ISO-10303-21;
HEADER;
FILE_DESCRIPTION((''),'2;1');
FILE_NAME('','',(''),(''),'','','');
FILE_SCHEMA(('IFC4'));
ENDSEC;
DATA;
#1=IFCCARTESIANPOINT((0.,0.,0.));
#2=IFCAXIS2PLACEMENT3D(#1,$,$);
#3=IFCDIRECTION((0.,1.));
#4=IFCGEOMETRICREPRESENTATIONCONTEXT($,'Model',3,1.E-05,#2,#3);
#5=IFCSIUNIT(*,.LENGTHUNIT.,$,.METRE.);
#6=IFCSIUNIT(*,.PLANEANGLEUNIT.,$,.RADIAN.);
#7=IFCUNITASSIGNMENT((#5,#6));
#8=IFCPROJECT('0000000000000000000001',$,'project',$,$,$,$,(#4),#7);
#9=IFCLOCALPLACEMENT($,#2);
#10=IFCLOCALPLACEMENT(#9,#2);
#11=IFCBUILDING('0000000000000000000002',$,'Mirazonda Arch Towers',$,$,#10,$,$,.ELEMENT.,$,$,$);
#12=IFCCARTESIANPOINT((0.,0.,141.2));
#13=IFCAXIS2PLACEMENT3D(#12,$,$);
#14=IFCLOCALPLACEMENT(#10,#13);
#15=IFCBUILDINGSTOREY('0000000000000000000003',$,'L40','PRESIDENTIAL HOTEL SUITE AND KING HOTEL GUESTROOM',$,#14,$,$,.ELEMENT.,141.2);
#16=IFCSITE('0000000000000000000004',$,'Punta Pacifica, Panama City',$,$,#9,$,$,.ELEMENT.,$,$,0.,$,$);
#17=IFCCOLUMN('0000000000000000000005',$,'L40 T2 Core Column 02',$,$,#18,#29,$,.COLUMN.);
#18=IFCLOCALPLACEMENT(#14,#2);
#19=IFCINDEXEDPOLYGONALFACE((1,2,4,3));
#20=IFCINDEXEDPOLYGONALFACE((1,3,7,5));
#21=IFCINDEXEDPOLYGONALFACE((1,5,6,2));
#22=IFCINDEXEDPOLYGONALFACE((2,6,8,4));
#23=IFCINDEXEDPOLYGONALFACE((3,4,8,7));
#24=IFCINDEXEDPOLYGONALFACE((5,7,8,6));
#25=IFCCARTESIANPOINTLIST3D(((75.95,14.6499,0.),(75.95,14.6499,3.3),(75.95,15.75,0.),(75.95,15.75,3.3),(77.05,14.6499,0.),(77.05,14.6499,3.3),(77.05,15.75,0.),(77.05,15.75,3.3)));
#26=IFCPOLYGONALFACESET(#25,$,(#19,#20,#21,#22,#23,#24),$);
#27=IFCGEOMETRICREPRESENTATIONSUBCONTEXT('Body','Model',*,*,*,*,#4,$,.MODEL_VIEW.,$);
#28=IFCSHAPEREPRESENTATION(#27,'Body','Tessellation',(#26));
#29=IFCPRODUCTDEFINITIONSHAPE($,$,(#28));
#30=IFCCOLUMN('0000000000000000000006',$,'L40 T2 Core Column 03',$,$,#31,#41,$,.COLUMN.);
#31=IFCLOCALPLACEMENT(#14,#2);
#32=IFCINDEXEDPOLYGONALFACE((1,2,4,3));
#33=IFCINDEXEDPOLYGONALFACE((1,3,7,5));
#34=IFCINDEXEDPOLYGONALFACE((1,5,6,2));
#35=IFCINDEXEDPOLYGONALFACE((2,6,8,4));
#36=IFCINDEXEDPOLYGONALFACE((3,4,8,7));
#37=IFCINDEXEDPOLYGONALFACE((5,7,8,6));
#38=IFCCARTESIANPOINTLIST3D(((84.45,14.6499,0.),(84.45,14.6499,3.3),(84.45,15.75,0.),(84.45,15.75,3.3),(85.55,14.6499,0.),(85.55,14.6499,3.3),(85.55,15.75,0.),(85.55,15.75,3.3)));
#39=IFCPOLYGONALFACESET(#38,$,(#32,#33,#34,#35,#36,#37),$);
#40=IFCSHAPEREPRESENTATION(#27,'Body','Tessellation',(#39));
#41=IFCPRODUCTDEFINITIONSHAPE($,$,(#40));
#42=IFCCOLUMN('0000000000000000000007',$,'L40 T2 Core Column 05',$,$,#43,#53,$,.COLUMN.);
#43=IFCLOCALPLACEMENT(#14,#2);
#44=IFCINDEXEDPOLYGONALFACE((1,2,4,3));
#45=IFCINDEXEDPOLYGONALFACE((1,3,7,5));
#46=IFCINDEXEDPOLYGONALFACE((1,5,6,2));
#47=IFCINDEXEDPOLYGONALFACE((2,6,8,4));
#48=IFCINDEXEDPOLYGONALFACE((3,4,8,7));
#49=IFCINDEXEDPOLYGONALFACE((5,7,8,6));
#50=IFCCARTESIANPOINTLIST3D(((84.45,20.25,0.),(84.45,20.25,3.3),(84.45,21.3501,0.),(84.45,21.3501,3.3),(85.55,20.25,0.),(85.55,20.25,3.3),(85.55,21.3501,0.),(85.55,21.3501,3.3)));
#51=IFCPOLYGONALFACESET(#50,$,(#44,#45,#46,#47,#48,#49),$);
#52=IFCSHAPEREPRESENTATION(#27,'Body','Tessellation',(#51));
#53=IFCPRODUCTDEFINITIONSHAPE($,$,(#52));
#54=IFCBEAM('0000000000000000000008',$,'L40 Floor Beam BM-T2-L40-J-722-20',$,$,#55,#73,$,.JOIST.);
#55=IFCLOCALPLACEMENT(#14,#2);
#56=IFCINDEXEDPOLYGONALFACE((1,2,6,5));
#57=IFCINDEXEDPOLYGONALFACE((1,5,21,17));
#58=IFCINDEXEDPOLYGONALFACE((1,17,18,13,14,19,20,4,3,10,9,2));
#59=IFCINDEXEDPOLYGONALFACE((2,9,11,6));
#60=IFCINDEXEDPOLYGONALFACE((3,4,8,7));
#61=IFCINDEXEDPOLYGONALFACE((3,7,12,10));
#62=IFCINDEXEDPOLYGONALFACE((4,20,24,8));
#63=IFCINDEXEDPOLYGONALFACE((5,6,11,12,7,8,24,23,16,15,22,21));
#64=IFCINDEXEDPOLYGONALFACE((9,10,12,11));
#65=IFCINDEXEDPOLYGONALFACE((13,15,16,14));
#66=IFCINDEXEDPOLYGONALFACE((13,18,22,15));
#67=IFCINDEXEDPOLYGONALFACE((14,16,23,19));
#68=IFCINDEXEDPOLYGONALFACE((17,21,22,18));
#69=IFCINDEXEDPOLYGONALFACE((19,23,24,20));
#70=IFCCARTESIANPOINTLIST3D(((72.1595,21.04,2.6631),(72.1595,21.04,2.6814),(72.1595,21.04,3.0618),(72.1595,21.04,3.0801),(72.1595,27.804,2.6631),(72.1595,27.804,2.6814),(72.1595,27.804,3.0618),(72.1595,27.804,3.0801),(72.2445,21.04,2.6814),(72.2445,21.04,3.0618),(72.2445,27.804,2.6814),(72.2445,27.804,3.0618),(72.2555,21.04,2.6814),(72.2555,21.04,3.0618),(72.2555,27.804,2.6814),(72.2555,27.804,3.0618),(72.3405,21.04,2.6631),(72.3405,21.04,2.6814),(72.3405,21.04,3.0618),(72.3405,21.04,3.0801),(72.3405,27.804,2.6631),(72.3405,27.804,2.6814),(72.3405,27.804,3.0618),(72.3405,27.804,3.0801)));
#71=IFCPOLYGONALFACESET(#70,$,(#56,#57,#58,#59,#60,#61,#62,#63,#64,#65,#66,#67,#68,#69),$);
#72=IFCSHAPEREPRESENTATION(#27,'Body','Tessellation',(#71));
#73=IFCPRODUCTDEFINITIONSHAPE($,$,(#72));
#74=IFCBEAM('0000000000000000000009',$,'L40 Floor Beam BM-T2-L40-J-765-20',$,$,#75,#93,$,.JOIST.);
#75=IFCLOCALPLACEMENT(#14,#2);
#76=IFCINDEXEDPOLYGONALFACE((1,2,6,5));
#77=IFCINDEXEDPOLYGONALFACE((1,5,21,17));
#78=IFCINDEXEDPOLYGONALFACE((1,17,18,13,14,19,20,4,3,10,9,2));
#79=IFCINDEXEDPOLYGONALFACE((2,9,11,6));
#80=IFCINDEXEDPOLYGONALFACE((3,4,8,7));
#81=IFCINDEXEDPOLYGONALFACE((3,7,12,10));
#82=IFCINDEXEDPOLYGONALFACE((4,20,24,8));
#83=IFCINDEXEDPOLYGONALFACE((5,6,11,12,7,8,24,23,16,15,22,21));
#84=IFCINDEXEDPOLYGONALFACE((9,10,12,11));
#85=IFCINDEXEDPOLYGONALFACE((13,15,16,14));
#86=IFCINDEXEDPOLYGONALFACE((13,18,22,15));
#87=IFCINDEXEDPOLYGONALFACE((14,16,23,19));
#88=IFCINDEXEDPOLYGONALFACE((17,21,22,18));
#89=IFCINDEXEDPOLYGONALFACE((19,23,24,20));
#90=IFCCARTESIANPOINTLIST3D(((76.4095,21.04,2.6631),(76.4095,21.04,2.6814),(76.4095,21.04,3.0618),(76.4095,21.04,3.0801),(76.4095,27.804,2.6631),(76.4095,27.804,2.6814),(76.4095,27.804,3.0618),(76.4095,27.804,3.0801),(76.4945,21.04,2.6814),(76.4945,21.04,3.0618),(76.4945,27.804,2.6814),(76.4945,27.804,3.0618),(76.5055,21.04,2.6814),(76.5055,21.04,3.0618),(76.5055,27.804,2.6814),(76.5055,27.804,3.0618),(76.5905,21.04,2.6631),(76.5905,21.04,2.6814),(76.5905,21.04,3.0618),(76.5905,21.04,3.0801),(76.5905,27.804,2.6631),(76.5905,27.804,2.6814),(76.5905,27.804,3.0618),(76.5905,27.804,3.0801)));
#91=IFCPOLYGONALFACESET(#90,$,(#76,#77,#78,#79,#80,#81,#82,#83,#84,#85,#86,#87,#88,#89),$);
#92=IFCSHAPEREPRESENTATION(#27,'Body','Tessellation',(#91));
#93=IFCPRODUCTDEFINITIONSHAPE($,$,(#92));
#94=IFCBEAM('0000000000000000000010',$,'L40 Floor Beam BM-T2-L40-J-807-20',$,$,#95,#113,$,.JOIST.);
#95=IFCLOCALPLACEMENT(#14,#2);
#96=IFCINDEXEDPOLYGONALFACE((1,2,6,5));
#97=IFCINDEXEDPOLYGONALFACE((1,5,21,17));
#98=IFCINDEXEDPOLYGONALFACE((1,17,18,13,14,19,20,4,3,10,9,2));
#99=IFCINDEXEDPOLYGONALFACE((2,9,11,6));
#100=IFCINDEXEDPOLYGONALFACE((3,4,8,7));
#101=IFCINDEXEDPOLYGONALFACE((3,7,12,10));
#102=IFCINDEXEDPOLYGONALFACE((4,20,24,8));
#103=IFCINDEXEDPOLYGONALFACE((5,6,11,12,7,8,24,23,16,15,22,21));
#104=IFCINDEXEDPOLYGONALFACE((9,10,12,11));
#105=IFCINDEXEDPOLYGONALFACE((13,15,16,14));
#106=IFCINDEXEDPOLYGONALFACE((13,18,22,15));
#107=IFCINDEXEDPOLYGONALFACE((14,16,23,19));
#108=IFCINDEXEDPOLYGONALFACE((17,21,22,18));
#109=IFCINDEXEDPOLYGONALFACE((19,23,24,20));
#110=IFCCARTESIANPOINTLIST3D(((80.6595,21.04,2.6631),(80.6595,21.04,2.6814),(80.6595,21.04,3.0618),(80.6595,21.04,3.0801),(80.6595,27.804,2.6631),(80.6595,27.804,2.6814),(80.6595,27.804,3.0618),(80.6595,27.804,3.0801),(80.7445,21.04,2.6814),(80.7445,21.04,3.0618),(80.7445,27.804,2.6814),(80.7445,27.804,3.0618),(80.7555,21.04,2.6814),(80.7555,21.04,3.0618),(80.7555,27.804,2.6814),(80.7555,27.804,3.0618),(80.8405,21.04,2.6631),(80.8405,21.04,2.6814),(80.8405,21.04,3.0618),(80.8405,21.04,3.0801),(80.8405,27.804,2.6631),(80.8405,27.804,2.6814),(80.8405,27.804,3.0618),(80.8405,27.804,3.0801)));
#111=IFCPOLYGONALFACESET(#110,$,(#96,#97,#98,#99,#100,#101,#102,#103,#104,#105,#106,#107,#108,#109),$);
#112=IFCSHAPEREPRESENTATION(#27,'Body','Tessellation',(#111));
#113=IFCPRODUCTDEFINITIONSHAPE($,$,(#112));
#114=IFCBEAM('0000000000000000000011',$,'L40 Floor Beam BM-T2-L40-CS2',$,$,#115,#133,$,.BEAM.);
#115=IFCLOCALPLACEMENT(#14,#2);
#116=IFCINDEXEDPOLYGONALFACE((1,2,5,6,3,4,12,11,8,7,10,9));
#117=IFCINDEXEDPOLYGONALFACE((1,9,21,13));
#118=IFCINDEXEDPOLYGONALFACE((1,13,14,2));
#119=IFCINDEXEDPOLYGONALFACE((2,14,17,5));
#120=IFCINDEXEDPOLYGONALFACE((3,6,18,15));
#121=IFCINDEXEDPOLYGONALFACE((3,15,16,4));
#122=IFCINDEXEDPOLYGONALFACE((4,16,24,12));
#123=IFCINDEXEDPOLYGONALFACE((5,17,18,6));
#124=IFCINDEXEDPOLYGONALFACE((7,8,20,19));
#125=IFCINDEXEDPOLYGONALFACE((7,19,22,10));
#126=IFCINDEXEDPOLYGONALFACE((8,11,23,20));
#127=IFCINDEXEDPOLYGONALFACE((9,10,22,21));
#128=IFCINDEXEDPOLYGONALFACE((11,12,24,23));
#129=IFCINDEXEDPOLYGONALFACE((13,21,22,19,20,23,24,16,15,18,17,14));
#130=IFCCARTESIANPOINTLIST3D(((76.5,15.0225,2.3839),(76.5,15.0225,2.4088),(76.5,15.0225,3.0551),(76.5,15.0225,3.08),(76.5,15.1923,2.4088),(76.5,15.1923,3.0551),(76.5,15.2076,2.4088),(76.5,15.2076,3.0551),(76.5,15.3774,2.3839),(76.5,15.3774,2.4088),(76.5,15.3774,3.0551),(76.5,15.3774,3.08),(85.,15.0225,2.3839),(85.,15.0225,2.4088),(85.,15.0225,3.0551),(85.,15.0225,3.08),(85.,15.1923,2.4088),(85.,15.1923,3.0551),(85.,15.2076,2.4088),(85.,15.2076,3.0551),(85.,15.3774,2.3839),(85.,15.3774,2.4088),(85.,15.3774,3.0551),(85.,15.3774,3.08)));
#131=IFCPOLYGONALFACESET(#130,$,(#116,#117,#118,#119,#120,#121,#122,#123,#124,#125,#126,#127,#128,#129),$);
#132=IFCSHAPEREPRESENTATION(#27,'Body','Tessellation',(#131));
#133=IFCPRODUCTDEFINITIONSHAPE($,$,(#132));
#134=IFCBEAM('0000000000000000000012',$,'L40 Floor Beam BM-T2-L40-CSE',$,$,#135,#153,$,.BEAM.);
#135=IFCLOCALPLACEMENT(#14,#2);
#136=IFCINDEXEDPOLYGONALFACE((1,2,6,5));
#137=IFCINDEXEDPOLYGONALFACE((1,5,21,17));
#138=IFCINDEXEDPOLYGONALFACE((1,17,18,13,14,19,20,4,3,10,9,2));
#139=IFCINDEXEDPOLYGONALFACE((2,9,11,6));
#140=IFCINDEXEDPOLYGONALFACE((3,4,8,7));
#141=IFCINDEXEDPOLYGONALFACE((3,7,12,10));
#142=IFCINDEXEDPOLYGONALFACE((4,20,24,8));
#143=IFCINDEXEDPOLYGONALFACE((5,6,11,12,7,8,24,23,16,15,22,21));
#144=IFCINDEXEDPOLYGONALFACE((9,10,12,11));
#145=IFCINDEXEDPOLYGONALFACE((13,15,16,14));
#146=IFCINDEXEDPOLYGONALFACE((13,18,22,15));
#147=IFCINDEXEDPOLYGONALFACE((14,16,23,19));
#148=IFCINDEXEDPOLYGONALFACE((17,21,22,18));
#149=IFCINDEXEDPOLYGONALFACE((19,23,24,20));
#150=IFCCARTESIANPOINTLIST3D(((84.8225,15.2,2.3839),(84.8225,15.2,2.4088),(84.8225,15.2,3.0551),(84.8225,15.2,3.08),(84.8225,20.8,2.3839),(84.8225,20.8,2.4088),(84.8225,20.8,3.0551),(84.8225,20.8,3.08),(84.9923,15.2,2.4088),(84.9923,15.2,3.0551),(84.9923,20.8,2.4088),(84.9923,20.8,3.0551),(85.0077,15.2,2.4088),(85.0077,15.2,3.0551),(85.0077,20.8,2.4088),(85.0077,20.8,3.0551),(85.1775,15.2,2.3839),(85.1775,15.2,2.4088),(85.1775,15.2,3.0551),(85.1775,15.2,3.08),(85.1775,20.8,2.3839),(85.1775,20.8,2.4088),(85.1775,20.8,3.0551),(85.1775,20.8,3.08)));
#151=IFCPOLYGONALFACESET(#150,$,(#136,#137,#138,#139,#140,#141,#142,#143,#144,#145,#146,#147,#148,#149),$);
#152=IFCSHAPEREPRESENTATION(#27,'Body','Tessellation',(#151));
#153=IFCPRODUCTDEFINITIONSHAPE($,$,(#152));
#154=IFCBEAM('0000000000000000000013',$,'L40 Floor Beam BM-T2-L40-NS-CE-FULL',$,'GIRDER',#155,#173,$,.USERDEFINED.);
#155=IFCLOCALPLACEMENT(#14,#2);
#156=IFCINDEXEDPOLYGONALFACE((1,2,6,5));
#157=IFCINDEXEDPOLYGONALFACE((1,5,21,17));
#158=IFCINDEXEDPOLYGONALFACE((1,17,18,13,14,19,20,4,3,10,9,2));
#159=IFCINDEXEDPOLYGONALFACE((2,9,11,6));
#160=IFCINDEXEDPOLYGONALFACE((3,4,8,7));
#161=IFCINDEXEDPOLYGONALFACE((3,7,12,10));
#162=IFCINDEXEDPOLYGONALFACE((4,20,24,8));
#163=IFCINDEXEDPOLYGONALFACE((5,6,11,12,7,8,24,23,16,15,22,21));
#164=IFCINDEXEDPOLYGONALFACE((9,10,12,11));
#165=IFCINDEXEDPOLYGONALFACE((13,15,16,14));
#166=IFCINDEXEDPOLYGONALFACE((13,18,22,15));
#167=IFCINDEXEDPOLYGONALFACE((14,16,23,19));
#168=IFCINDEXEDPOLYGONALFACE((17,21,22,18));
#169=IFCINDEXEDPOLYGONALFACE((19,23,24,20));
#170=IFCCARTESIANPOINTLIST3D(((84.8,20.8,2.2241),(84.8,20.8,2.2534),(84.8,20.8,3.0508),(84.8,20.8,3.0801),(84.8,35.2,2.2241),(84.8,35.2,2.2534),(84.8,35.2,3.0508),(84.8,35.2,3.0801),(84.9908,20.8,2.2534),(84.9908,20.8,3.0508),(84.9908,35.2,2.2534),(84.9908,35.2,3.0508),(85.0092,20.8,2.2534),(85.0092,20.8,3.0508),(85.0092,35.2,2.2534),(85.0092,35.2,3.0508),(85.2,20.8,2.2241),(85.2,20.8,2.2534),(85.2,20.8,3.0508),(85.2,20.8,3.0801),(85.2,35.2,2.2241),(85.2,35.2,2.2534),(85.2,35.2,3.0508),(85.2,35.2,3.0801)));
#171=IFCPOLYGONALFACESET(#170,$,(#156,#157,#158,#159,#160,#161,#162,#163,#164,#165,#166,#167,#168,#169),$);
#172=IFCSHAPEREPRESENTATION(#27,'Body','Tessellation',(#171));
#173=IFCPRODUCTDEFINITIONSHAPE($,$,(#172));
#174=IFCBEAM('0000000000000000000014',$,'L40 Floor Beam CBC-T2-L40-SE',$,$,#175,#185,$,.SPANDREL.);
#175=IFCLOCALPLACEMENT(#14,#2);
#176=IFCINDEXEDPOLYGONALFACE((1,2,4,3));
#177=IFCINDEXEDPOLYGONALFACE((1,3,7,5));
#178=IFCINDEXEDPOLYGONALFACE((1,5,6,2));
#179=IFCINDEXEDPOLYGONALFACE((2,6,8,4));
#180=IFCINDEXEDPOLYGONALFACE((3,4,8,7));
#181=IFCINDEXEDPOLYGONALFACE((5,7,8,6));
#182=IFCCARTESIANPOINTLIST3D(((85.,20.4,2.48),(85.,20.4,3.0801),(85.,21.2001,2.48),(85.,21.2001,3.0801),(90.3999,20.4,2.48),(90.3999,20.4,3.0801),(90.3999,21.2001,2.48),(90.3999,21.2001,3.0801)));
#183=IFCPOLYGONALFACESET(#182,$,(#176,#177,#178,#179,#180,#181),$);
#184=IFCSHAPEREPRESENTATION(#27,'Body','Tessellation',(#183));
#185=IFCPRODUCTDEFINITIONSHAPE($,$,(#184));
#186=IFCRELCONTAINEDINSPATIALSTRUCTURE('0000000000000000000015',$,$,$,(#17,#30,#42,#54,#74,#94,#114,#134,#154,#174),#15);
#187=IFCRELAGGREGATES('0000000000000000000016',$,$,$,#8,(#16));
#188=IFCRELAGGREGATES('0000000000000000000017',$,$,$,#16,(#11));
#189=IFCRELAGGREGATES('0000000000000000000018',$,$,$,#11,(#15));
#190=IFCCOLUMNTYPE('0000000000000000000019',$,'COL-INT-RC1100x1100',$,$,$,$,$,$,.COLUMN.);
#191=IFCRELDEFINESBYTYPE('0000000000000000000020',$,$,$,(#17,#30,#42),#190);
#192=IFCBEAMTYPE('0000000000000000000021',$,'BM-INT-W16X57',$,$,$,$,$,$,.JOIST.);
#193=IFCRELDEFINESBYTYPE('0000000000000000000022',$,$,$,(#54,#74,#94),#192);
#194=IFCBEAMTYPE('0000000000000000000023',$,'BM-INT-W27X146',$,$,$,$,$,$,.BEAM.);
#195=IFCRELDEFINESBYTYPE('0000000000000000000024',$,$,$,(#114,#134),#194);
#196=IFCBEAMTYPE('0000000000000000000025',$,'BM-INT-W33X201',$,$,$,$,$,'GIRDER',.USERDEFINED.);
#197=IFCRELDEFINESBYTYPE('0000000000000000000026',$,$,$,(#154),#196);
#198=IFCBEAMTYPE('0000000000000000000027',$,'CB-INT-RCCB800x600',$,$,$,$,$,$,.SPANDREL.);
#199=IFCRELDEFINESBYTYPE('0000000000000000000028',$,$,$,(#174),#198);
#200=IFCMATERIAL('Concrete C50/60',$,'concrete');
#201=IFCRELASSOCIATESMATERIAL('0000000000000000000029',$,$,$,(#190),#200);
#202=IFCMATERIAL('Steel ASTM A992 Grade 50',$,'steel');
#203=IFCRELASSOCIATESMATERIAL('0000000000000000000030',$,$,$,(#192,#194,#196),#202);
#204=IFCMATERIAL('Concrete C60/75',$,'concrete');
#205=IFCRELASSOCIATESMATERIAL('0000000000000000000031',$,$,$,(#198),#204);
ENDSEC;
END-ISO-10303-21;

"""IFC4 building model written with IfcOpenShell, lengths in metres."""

from ifc_helpers import new_model, si_unit, direction, frame, origin, origin_2d, place, context, subcontext, project, spatial, rectangle, i_section, extrude, material, material_profile, profile_set, type_object, element, save


model = new_model("IFC4")

# Units and contexts
model_context = context("Model", 3, precision=1e-05, world=origin(), true_north=direction((0.0, 1.0)))
body_context = subcontext(model_context, "Body", "Model", "MODEL_VIEW")
ifc_project = project(units=[si_unit("LENGTHUNIT", "METRE"), si_unit("PLANEANGLEUNIT", "RADIAN")], contexts=[model_context])

# Site, building, storey
site_placement = place(None, origin())
site = spatial("IfcSite", under=ifc_project, at=site_placement, Name="Punta Pacifica, Panama City", CompositionType="ELEMENT", RefElevation=0.0)
building_placement = place(site_placement, origin())
building = spatial("IfcBuilding", under=site, at=building_placement, Name="Mirazonda Arch Towers", CompositionType="ELEMENT")
storey_placement = place(building_placement, frame((0.0, 0.0, 141.2)))
storey = spatial("IfcBuildingStorey", under=building, at=storey_placement, Name="L40", Description="PRESIDENTIAL HOTEL SUITE AND KING HOTEL GUESTROOM", CompositionType="ELEMENT", Elevation=141.2)

# Columns
ifc_material_1 = material(Name="Concrete C50/60", Category="concrete")
ifc_material_profile_1 = material_profile(ifc_material_1, rectangle(XDim=1.1001, YDim=1.1001, at=origin_2d()), Name="RC1100x1100")
ifc_profile_set_1 = profile_set([ifc_material_profile_1], Name="Concrete C50/60")
column_type = type_object("IfcColumnType", Name="COL-INT-RC1100x1100", PredefinedType="COLUMN", material=ifc_profile_set_1)
for number, where, z_axis, x_axis, name in (
    (1, (76.5, 15.2, 0.0), (0.0, 0.0, 1.0), (1.0, 0.0, 0.0), "L40 T2 Core Column 02"),
    (2, (85.0, 15.2, 0.0), (0.0, 0.0, 1.0), (1.0, 0.0, 0.0), "L40 T2 Core Column 03"),
    (3, (85.0, 20.8, 0.0), (0.0, 0.0, 1.0), (1.0, 0.0, 0.0), "L40 T2 Core Column 05"),
):
    element("IfcColumn", number, at=place(storey_placement, frame(where, z_axis=z_axis, x_axis=x_axis)), inside=storey, type_object=column_type, Name=name, PredefinedType="COLUMN", context=body_context, shape_type="SweptSolid", body=[
        extrude(rectangle(XDim=1.1001, YDim=1.1001, at=origin_2d()), origin(), (0.0, 0.0, 1.0), 3.3),
    ])

# Beams
ifc_material_2 = material(Name="Steel ASTM A992 Grade 50", Category="steel")
ifc_material_profile_2 = material_profile(ifc_material_2, i_section(OverallWidth=0.1809, OverallDepth=0.417, WebThickness=0.011, FlangeThickness=0.0183, at=origin_2d()), Name="W16X57")
ifc_profile_set_2 = profile_set([ifc_material_profile_2], Name="Steel ASTM A992 Grade 50")
beam_type_1 = type_object("IfcBeamType", Name="BM-INT-W16X57", PredefinedType="JOIST", material=ifc_profile_set_2)
for number, where, z_axis, x_axis, name in (
    (4, (72.25, 21.04, 2.8716), (0.0, 1.0, 0.0), (-1.0, 0.0, 0.0), "L40 Floor Beam BM-T2-L40-J-722-20"),
    (5, (76.5, 21.04, 2.8716), (0.0, 1.0, 0.0), (-1.0, 0.0, 0.0), "L40 Floor Beam BM-T2-L40-J-765-20"),
    (6, (80.75, 21.04, 2.8716), (0.0, 1.0, 0.0), (-1.0, 0.0, 0.0), "L40 Floor Beam BM-T2-L40-J-807-20"),
):
    element("IfcBeam", number, at=place(storey_placement, frame(where, z_axis=z_axis, x_axis=x_axis)), inside=storey, type_object=beam_type_1, Name=name, PredefinedType="JOIST", context=body_context, shape_type="SweptSolid", body=[
        extrude(i_section(OverallWidth=0.1809, OverallDepth=0.417, WebThickness=0.011, FlangeThickness=0.0183, at=origin_2d()), origin(), (0.0, 0.0, 1.0), 6.7639),
    ])
ifc_material_profile_3 = material_profile(ifc_material_2, i_section(OverallWidth=0.355, OverallDepth=0.696, WebThickness=0.0154, FlangeThickness=0.0249, at=origin_2d()), Name="W27X146")
ifc_profile_set_3 = profile_set([ifc_material_profile_3], Name="Steel ASTM A992 Grade 50")
beam_type_2 = type_object("IfcBeamType", Name="BM-INT-W27X146", PredefinedType="BEAM", material=ifc_profile_set_3)
beam_1_placement = place(storey_placement, frame((76.5, 15.2, 2.7319), z_axis=(1.0, 0.0, 0.0), x_axis=(0.0, 1.0, 0.0)))
element("IfcBeam", 7, at=beam_1_placement, inside=storey, type_object=beam_type_2, Name="L40 Floor Beam BM-T2-L40-CS2", PredefinedType="BEAM", context=body_context, shape_type="SweptSolid", body=[
    extrude(i_section(OverallWidth=0.355, OverallDepth=0.696, WebThickness=0.0154, FlangeThickness=0.0249, at=origin_2d()), origin(), (0.0, 0.0, 1.0), 8.5),
])
beam_2_placement = place(storey_placement, frame((85.0, 15.2, 2.7319), z_axis=(0.0, 1.0, 0.0), x_axis=(-1.0, 0.0, 0.0)))
element("IfcBeam", 8, at=beam_2_placement, inside=storey, type_object=beam_type_2, Name="L40 Floor Beam BM-T2-L40-CSE", PredefinedType="BEAM", context=body_context, shape_type="SweptSolid", body=[
    extrude(i_section(OverallWidth=0.355, OverallDepth=0.696, WebThickness=0.0154, FlangeThickness=0.0249, at=origin_2d()), origin(), (0.0, 0.0, 1.0), 5.6001),
])
ifc_material_profile_4 = material_profile(ifc_material_2, i_section(OverallWidth=0.3999, OverallDepth=0.856, WebThickness=0.0183, FlangeThickness=0.0293, at=origin_2d()), Name="W33X201")
ifc_profile_set_4 = profile_set([ifc_material_profile_4], Name="Steel ASTM A992 Grade 50")
beam_type_3 = type_object("IfcBeamType", Name="BM-INT-W33X201", ElementType="GIRDER", PredefinedType="USERDEFINED", material=ifc_profile_set_4)
beam_3_placement = place(storey_placement, frame((85.0, 20.8, 2.6521), z_axis=(0.0, 1.0, 0.0), x_axis=(-1.0, 0.0, 0.0)))
element("IfcBeam", 9, at=beam_3_placement, inside=storey, type_object=beam_type_3, Name="L40 Floor Beam BM-T2-L40-NS-CE-FULL", ObjectType="GIRDER", PredefinedType="USERDEFINED", context=body_context, shape_type="SweptSolid", body=[
    extrude(i_section(OverallWidth=0.3999, OverallDepth=0.856, WebThickness=0.0183, FlangeThickness=0.0293, at=origin_2d()), origin(), (0.0, 0.0, 1.0), 14.3999),
])
ifc_material_3 = material(Name="Concrete C60/75", Category="concrete")
ifc_material_profile_5 = material_profile(ifc_material_3, rectangle(XDim=0.8, YDim=0.6001, at=origin_2d()), Name="RCCB800x600")
ifc_profile_set_5 = profile_set([ifc_material_profile_5], Name="Concrete C60/75")
beam_type_4 = type_object("IfcBeamType", Name="CB-INT-RCCB800x600", PredefinedType="SPANDREL", material=ifc_profile_set_5)
beam_4_placement = place(storey_placement, frame((85.0, 20.8, 2.78), z_axis=(1.0, 0.0, 0.0), x_axis=(0.0, 1.0, 0.0)))
element("IfcBeam", 10, at=beam_4_placement, inside=storey, type_object=beam_type_4, Name="L40 Floor Beam CBC-T2-L40-SE", PredefinedType="SPANDREL", context=body_context, shape_type="SweptSolid", body=[
    extrude(rectangle(XDim=0.8, YDim=0.6001, at=origin_2d()), origin(), (0.0, 0.0, 1.0), 5.3999),
])

save(model, "model.ifc")
